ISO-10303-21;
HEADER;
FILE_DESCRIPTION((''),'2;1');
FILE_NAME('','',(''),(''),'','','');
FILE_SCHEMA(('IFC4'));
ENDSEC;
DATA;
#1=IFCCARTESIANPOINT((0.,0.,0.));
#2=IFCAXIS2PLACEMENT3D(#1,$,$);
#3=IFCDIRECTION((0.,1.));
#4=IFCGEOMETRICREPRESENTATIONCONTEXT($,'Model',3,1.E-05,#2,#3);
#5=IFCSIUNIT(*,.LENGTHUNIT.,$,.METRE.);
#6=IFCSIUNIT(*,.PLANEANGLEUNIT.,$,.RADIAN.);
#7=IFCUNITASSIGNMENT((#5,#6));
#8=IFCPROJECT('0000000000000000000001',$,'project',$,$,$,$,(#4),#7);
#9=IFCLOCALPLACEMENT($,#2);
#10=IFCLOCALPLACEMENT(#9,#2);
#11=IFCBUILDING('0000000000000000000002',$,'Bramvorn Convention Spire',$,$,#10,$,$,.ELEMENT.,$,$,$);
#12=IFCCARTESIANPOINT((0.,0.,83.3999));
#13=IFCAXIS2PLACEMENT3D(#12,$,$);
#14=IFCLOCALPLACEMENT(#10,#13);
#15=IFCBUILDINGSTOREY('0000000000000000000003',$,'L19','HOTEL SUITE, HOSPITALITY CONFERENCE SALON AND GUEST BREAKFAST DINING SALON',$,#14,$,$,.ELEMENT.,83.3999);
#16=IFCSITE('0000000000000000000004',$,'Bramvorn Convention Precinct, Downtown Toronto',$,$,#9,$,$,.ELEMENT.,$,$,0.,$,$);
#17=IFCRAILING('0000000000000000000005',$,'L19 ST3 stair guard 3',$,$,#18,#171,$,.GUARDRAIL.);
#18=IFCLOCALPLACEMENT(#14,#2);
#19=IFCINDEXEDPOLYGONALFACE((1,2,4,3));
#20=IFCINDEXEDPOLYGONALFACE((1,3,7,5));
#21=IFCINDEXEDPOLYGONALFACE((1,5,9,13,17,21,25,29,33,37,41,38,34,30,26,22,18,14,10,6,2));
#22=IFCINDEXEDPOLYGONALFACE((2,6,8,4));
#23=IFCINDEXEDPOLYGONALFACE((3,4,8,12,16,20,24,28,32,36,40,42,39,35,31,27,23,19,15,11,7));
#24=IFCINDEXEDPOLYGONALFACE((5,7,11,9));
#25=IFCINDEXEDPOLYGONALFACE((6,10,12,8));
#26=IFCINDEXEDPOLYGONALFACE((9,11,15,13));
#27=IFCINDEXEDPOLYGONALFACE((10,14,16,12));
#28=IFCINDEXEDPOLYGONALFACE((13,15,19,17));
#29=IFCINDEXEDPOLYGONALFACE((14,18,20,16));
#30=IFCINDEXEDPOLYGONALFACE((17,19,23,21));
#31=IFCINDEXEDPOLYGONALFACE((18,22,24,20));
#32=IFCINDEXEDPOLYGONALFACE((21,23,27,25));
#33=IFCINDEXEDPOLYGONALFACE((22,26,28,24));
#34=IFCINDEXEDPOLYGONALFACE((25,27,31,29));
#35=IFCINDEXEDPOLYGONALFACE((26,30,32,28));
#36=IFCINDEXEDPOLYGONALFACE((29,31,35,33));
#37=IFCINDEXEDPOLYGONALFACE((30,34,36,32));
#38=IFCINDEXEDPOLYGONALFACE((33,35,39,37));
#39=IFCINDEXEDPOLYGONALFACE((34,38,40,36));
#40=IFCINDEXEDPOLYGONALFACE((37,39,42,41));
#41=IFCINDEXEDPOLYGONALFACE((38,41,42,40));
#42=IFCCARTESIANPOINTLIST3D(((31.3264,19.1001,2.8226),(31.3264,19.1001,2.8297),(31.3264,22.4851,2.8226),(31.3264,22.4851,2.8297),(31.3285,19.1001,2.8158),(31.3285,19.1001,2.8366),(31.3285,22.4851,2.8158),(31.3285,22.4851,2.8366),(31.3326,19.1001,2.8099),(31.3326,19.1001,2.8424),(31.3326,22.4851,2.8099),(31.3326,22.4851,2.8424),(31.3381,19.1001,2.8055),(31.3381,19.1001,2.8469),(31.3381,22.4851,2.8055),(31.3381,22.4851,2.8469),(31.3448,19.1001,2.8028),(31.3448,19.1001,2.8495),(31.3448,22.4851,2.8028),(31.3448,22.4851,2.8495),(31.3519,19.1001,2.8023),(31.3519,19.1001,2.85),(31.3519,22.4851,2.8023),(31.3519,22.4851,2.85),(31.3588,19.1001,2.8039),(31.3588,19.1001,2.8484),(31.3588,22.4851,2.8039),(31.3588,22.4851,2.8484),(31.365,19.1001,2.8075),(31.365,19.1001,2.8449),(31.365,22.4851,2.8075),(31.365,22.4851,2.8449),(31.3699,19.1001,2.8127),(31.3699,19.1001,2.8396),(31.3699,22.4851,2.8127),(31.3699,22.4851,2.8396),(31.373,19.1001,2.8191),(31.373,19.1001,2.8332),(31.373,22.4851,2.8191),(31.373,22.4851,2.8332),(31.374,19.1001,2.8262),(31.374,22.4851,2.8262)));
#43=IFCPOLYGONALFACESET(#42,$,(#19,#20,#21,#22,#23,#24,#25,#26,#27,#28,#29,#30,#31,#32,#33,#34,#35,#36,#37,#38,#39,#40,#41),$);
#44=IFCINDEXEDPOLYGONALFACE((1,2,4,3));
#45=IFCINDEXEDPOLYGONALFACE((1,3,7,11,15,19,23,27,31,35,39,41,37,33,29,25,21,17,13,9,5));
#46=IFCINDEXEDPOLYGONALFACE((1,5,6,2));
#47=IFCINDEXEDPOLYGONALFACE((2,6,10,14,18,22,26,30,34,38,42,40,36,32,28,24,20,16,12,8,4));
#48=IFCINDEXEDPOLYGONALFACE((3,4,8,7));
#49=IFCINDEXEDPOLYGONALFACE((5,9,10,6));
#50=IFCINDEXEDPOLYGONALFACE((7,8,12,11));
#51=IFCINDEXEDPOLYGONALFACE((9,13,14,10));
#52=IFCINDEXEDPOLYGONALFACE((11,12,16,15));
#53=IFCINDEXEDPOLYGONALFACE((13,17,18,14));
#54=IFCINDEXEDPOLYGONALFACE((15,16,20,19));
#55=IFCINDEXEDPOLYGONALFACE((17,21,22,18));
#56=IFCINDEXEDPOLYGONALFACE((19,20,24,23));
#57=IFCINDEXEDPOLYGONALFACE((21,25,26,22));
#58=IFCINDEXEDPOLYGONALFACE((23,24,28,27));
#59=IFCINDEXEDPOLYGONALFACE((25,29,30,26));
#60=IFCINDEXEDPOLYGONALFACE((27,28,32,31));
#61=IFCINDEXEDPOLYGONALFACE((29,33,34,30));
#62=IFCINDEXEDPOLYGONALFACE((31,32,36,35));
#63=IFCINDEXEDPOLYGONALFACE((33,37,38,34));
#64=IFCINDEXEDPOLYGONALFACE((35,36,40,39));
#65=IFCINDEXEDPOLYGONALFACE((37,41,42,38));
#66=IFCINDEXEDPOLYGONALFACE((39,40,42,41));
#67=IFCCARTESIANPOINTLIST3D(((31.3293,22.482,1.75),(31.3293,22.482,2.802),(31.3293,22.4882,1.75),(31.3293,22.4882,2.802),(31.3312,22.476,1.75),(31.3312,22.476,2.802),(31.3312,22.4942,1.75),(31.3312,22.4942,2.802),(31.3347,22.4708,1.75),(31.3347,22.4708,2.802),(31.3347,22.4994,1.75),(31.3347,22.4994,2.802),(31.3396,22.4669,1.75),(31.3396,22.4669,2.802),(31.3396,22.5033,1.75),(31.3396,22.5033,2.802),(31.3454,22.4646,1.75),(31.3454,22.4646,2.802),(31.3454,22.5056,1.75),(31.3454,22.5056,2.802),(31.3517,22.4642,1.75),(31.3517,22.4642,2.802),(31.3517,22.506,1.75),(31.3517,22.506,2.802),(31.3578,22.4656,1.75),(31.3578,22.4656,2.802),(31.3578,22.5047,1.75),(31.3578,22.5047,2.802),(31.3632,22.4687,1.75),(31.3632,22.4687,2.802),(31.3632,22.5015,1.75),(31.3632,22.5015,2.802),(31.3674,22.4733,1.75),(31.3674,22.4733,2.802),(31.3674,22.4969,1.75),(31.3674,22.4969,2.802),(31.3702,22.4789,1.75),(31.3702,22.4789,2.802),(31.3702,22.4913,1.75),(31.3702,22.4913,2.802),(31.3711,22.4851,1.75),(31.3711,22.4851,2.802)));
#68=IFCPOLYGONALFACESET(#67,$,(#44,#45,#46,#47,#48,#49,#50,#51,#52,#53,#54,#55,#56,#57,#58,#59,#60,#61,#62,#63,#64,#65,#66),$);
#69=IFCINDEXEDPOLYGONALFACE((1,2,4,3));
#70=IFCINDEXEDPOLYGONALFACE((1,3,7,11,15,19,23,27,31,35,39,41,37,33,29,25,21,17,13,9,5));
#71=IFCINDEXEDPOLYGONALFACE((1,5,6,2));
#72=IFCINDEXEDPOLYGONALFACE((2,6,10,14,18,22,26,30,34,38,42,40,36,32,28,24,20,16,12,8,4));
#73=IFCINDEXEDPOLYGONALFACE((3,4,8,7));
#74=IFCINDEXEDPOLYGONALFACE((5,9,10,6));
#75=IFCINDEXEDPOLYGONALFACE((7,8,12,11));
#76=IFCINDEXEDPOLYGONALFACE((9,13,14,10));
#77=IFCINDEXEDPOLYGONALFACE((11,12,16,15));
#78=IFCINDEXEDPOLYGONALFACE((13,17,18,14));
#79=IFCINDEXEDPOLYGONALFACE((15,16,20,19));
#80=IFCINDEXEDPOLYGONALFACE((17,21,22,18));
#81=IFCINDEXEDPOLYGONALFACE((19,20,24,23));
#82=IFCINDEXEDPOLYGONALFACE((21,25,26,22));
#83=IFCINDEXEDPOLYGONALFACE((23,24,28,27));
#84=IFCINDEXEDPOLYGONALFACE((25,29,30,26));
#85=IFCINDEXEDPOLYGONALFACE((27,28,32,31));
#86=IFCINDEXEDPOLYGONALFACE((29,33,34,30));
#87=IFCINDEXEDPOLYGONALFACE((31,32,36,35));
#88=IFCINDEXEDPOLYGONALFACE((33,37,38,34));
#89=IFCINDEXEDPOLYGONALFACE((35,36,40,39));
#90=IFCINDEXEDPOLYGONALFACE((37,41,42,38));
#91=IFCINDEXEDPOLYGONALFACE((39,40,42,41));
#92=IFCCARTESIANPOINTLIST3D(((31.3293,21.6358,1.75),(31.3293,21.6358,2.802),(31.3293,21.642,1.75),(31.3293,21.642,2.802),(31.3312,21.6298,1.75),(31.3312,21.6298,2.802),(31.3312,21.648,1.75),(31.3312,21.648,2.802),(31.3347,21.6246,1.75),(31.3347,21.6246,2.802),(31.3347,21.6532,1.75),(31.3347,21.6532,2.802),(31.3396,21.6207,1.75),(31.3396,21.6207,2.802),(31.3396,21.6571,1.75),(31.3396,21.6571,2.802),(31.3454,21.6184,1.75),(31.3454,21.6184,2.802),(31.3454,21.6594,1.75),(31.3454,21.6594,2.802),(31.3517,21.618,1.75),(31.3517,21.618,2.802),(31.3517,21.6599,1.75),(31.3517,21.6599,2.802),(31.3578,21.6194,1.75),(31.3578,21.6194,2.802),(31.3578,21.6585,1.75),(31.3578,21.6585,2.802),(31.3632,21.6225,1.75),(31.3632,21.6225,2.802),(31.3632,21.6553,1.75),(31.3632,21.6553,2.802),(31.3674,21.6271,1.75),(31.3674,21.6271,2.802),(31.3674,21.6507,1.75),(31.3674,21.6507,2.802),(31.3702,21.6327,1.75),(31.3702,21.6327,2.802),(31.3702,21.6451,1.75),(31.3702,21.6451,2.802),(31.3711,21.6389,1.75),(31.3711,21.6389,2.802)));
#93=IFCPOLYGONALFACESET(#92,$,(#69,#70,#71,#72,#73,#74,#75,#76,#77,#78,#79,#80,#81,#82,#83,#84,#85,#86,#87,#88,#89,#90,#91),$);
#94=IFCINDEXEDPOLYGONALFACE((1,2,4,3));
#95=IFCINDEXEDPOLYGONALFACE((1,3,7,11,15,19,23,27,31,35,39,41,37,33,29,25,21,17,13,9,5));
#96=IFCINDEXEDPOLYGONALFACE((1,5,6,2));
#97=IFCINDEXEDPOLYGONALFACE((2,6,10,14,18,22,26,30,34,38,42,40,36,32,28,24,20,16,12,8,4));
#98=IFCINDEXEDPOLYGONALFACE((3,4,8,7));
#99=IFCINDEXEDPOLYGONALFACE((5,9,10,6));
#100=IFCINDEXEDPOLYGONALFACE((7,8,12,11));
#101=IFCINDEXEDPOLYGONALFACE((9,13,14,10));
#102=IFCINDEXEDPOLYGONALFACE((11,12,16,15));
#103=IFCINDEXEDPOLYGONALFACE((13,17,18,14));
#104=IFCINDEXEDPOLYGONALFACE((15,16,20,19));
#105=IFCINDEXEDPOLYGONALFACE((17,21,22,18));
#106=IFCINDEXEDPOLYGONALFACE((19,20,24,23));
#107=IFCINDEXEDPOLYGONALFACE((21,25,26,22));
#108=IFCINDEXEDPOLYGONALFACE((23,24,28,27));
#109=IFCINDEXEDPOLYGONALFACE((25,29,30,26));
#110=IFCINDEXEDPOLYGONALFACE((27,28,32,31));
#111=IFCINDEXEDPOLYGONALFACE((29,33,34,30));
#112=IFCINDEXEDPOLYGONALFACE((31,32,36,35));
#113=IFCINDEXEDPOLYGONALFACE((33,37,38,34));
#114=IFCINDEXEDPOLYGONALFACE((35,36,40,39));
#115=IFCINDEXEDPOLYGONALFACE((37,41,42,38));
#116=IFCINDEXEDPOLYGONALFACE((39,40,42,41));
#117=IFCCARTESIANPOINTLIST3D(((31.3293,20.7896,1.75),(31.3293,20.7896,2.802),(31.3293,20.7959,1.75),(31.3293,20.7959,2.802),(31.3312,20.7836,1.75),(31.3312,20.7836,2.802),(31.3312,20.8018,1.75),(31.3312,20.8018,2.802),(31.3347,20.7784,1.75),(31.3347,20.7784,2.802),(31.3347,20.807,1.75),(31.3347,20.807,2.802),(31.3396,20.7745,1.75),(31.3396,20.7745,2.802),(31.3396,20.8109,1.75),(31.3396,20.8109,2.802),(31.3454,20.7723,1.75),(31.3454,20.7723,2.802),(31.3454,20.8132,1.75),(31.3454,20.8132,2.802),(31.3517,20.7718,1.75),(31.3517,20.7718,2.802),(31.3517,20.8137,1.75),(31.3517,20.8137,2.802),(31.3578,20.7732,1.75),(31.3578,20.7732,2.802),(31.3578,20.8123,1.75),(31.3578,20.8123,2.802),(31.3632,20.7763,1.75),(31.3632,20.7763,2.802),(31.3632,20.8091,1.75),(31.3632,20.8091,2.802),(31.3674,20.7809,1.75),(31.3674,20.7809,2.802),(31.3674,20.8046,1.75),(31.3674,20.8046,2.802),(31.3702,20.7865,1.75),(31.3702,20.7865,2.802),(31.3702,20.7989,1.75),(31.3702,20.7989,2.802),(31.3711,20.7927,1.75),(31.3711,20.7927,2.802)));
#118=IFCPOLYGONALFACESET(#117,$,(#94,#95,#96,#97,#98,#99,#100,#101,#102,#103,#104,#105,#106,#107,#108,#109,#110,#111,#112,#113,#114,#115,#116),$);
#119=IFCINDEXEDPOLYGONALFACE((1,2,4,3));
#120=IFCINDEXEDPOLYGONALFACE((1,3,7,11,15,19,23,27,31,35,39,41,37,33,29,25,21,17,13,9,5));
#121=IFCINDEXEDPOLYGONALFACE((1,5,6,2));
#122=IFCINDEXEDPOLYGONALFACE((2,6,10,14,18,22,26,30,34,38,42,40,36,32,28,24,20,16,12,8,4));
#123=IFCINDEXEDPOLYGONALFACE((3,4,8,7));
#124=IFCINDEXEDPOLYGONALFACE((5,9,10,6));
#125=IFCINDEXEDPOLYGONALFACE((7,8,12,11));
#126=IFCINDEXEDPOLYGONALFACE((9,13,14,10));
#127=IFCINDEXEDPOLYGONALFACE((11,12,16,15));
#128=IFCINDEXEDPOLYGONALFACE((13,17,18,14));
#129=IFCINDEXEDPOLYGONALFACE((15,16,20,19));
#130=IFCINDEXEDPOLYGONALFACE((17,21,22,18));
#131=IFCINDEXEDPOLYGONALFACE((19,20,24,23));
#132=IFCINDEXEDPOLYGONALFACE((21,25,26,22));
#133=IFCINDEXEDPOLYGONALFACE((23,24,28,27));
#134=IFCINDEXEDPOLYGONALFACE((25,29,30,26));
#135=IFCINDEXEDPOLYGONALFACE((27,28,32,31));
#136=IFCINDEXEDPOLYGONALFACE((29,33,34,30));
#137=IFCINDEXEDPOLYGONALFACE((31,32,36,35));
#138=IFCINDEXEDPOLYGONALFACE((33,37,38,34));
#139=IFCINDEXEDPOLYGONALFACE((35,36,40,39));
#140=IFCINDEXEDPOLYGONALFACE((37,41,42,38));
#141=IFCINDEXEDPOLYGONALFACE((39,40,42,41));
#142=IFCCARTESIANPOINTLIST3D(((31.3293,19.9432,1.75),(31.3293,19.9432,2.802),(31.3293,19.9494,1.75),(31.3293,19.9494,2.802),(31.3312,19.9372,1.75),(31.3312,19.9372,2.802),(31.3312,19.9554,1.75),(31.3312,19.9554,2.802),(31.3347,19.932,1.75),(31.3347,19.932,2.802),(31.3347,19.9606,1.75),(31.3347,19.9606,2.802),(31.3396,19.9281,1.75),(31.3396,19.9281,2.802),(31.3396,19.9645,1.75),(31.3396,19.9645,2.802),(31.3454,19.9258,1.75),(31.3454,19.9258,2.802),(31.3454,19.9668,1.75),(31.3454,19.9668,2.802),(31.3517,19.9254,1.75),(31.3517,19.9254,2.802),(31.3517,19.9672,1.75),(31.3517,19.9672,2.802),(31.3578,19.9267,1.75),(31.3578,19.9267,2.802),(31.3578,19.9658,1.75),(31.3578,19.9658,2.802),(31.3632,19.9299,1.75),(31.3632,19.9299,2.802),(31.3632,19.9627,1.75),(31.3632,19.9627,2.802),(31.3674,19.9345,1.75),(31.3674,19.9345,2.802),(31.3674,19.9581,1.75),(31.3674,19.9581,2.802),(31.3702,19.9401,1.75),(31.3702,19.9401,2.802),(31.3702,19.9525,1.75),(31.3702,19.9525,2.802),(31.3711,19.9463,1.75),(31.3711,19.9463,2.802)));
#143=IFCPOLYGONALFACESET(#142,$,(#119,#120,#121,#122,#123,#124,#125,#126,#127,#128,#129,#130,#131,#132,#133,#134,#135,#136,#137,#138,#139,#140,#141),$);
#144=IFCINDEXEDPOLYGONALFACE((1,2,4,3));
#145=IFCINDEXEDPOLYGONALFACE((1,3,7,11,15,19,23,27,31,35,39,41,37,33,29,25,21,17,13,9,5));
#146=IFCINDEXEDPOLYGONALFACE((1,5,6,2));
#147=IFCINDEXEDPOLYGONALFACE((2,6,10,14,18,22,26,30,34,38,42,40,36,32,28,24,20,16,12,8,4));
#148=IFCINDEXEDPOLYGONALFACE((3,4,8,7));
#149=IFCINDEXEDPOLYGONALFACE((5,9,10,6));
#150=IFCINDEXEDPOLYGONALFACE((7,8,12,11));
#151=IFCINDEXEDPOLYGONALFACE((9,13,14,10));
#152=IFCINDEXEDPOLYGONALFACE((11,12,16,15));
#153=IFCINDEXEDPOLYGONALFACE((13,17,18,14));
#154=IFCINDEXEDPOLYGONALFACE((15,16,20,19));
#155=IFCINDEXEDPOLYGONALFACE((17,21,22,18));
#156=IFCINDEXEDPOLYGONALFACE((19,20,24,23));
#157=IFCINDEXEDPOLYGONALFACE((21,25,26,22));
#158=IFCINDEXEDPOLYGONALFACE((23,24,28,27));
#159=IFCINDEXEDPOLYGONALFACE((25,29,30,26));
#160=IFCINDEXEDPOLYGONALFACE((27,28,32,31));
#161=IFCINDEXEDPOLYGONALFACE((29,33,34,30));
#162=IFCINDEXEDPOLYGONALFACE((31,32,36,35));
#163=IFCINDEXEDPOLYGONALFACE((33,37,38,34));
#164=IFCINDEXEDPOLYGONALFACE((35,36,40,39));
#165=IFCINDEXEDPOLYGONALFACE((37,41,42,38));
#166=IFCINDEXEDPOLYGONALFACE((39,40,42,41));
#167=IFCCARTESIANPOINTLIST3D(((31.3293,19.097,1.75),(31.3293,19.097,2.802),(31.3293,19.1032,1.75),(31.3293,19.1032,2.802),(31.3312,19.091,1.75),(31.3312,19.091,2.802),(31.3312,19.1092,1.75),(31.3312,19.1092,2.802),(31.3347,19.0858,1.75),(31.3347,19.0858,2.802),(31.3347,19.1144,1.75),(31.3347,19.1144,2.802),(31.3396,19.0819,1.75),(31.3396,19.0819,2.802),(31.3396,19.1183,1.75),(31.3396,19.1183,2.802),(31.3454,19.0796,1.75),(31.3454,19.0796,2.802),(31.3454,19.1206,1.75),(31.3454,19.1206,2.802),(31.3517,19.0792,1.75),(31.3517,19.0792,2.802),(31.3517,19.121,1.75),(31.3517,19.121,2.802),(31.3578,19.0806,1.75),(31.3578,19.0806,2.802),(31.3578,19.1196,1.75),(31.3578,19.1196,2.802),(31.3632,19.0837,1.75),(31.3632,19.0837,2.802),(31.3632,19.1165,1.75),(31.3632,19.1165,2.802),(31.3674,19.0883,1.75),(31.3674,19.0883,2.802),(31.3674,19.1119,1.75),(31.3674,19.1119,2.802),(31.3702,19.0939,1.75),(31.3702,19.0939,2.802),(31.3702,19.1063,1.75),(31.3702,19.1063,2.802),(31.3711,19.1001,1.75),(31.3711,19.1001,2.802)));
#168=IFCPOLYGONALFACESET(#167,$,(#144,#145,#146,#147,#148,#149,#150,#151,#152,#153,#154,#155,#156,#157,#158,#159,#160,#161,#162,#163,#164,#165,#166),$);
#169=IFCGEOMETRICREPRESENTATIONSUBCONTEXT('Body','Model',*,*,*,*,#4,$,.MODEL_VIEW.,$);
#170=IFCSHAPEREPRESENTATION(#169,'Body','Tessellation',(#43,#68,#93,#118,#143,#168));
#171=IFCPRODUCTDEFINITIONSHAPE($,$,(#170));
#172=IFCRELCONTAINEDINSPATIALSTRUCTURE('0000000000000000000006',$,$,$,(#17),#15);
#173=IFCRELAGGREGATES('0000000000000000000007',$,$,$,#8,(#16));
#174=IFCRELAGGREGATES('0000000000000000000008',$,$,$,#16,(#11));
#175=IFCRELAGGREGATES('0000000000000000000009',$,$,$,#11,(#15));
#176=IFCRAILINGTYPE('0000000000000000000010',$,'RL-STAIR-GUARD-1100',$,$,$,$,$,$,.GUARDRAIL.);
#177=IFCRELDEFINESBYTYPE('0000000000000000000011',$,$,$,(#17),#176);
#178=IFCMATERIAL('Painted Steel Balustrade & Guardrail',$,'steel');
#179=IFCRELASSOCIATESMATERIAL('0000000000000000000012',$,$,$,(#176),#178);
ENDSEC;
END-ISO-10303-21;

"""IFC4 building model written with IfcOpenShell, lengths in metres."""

from ifc_helpers import new_model, si_unit, direction, frame, origin, origin_2d, place, context, subcontext, project, spatial, circle, extrude, material, type_object, element, save


model = new_model("IFC4")

# Units and contexts
model_context = context("Model", 3, precision=1e-05, world=origin(), true_north=direction((0.0, 1.0)))
body_context = subcontext(model_context, "Body", "Model", "MODEL_VIEW")
ifc_project = project(units=[si_unit("LENGTHUNIT", "METRE"), si_unit("PLANEANGLEUNIT", "RADIAN")], contexts=[model_context])

# Site, building, storey
site_placement = place(None, origin())
site = spatial("IfcSite", under=ifc_project, at=site_placement, Name="Bramvorn Convention Precinct, Downtown Toronto", CompositionType="ELEMENT", RefElevation=0.0)
building_placement = place(site_placement, origin())
building = spatial("IfcBuilding", under=site, at=building_placement, Name="Bramvorn Convention Spire", CompositionType="ELEMENT")
storey_placement = place(building_placement, frame((0.0, 0.0, 83.3999)))
storey = spatial("IfcBuildingStorey", under=building, at=storey_placement, Name="L19", Description="HOTEL SUITE, HOSPITALITY CONFERENCE SALON AND GUEST BREAKFAST DINING SALON", CompositionType="ELEMENT", Elevation=83.3999)

# Railing
ifc_material_1 = material(Name="Painted Steel Balustrade & Guardrail", Category="steel")
railing_type_1 = type_object("IfcRailingType", Name="RL-STAIR-GUARD-1100", PredefinedType="GUARDRAIL", material=ifc_material_1)
for number, where, name in (
    (1, (31.3501, 22.4851, 1.75), "L19 ST3 stair guard 3"),
):
    element("IfcRailing", number, at=place(storey_placement, frame(where)), inside=storey, type_object=railing_type_1, Name=name, PredefinedType="GUARDRAIL", context=body_context, shape_type="SweptSolid", body=[
        extrude(circle(Radius=0.0239, at=origin_2d()), frame((0.0, 0.0, 1.0762), z_axis=(0.0, -1.0, 0.0), x_axis=(1.0, 0.0, 0.0)), (0.0, 0.0, 1.0), 3.385),
        extrude(circle(Radius=0.021, at=origin_2d()), origin(), (0.0, 0.0, 1.0), 1.052),
        extrude(circle(Radius=0.021, at=origin_2d()), frame((0.0, -0.8462, 0.0)), (0.0, 0.0, 1.0), 1.052),
        extrude(circle(Radius=0.021, at=origin_2d()), frame((0.0, -1.6924, 0.0)), (0.0, 0.0, 1.0), 1.052),
        extrude(circle(Radius=0.021, at=origin_2d()), frame((0.0, -2.5388, 0.0)), (0.0, 0.0, 1.0), 1.052),
        extrude(circle(Radius=0.021, at=origin_2d()), frame((0.0, -3.385, 0.0)), (0.0, 0.0, 1.0), 1.052),
    ])

save(model, "model.ifc")
